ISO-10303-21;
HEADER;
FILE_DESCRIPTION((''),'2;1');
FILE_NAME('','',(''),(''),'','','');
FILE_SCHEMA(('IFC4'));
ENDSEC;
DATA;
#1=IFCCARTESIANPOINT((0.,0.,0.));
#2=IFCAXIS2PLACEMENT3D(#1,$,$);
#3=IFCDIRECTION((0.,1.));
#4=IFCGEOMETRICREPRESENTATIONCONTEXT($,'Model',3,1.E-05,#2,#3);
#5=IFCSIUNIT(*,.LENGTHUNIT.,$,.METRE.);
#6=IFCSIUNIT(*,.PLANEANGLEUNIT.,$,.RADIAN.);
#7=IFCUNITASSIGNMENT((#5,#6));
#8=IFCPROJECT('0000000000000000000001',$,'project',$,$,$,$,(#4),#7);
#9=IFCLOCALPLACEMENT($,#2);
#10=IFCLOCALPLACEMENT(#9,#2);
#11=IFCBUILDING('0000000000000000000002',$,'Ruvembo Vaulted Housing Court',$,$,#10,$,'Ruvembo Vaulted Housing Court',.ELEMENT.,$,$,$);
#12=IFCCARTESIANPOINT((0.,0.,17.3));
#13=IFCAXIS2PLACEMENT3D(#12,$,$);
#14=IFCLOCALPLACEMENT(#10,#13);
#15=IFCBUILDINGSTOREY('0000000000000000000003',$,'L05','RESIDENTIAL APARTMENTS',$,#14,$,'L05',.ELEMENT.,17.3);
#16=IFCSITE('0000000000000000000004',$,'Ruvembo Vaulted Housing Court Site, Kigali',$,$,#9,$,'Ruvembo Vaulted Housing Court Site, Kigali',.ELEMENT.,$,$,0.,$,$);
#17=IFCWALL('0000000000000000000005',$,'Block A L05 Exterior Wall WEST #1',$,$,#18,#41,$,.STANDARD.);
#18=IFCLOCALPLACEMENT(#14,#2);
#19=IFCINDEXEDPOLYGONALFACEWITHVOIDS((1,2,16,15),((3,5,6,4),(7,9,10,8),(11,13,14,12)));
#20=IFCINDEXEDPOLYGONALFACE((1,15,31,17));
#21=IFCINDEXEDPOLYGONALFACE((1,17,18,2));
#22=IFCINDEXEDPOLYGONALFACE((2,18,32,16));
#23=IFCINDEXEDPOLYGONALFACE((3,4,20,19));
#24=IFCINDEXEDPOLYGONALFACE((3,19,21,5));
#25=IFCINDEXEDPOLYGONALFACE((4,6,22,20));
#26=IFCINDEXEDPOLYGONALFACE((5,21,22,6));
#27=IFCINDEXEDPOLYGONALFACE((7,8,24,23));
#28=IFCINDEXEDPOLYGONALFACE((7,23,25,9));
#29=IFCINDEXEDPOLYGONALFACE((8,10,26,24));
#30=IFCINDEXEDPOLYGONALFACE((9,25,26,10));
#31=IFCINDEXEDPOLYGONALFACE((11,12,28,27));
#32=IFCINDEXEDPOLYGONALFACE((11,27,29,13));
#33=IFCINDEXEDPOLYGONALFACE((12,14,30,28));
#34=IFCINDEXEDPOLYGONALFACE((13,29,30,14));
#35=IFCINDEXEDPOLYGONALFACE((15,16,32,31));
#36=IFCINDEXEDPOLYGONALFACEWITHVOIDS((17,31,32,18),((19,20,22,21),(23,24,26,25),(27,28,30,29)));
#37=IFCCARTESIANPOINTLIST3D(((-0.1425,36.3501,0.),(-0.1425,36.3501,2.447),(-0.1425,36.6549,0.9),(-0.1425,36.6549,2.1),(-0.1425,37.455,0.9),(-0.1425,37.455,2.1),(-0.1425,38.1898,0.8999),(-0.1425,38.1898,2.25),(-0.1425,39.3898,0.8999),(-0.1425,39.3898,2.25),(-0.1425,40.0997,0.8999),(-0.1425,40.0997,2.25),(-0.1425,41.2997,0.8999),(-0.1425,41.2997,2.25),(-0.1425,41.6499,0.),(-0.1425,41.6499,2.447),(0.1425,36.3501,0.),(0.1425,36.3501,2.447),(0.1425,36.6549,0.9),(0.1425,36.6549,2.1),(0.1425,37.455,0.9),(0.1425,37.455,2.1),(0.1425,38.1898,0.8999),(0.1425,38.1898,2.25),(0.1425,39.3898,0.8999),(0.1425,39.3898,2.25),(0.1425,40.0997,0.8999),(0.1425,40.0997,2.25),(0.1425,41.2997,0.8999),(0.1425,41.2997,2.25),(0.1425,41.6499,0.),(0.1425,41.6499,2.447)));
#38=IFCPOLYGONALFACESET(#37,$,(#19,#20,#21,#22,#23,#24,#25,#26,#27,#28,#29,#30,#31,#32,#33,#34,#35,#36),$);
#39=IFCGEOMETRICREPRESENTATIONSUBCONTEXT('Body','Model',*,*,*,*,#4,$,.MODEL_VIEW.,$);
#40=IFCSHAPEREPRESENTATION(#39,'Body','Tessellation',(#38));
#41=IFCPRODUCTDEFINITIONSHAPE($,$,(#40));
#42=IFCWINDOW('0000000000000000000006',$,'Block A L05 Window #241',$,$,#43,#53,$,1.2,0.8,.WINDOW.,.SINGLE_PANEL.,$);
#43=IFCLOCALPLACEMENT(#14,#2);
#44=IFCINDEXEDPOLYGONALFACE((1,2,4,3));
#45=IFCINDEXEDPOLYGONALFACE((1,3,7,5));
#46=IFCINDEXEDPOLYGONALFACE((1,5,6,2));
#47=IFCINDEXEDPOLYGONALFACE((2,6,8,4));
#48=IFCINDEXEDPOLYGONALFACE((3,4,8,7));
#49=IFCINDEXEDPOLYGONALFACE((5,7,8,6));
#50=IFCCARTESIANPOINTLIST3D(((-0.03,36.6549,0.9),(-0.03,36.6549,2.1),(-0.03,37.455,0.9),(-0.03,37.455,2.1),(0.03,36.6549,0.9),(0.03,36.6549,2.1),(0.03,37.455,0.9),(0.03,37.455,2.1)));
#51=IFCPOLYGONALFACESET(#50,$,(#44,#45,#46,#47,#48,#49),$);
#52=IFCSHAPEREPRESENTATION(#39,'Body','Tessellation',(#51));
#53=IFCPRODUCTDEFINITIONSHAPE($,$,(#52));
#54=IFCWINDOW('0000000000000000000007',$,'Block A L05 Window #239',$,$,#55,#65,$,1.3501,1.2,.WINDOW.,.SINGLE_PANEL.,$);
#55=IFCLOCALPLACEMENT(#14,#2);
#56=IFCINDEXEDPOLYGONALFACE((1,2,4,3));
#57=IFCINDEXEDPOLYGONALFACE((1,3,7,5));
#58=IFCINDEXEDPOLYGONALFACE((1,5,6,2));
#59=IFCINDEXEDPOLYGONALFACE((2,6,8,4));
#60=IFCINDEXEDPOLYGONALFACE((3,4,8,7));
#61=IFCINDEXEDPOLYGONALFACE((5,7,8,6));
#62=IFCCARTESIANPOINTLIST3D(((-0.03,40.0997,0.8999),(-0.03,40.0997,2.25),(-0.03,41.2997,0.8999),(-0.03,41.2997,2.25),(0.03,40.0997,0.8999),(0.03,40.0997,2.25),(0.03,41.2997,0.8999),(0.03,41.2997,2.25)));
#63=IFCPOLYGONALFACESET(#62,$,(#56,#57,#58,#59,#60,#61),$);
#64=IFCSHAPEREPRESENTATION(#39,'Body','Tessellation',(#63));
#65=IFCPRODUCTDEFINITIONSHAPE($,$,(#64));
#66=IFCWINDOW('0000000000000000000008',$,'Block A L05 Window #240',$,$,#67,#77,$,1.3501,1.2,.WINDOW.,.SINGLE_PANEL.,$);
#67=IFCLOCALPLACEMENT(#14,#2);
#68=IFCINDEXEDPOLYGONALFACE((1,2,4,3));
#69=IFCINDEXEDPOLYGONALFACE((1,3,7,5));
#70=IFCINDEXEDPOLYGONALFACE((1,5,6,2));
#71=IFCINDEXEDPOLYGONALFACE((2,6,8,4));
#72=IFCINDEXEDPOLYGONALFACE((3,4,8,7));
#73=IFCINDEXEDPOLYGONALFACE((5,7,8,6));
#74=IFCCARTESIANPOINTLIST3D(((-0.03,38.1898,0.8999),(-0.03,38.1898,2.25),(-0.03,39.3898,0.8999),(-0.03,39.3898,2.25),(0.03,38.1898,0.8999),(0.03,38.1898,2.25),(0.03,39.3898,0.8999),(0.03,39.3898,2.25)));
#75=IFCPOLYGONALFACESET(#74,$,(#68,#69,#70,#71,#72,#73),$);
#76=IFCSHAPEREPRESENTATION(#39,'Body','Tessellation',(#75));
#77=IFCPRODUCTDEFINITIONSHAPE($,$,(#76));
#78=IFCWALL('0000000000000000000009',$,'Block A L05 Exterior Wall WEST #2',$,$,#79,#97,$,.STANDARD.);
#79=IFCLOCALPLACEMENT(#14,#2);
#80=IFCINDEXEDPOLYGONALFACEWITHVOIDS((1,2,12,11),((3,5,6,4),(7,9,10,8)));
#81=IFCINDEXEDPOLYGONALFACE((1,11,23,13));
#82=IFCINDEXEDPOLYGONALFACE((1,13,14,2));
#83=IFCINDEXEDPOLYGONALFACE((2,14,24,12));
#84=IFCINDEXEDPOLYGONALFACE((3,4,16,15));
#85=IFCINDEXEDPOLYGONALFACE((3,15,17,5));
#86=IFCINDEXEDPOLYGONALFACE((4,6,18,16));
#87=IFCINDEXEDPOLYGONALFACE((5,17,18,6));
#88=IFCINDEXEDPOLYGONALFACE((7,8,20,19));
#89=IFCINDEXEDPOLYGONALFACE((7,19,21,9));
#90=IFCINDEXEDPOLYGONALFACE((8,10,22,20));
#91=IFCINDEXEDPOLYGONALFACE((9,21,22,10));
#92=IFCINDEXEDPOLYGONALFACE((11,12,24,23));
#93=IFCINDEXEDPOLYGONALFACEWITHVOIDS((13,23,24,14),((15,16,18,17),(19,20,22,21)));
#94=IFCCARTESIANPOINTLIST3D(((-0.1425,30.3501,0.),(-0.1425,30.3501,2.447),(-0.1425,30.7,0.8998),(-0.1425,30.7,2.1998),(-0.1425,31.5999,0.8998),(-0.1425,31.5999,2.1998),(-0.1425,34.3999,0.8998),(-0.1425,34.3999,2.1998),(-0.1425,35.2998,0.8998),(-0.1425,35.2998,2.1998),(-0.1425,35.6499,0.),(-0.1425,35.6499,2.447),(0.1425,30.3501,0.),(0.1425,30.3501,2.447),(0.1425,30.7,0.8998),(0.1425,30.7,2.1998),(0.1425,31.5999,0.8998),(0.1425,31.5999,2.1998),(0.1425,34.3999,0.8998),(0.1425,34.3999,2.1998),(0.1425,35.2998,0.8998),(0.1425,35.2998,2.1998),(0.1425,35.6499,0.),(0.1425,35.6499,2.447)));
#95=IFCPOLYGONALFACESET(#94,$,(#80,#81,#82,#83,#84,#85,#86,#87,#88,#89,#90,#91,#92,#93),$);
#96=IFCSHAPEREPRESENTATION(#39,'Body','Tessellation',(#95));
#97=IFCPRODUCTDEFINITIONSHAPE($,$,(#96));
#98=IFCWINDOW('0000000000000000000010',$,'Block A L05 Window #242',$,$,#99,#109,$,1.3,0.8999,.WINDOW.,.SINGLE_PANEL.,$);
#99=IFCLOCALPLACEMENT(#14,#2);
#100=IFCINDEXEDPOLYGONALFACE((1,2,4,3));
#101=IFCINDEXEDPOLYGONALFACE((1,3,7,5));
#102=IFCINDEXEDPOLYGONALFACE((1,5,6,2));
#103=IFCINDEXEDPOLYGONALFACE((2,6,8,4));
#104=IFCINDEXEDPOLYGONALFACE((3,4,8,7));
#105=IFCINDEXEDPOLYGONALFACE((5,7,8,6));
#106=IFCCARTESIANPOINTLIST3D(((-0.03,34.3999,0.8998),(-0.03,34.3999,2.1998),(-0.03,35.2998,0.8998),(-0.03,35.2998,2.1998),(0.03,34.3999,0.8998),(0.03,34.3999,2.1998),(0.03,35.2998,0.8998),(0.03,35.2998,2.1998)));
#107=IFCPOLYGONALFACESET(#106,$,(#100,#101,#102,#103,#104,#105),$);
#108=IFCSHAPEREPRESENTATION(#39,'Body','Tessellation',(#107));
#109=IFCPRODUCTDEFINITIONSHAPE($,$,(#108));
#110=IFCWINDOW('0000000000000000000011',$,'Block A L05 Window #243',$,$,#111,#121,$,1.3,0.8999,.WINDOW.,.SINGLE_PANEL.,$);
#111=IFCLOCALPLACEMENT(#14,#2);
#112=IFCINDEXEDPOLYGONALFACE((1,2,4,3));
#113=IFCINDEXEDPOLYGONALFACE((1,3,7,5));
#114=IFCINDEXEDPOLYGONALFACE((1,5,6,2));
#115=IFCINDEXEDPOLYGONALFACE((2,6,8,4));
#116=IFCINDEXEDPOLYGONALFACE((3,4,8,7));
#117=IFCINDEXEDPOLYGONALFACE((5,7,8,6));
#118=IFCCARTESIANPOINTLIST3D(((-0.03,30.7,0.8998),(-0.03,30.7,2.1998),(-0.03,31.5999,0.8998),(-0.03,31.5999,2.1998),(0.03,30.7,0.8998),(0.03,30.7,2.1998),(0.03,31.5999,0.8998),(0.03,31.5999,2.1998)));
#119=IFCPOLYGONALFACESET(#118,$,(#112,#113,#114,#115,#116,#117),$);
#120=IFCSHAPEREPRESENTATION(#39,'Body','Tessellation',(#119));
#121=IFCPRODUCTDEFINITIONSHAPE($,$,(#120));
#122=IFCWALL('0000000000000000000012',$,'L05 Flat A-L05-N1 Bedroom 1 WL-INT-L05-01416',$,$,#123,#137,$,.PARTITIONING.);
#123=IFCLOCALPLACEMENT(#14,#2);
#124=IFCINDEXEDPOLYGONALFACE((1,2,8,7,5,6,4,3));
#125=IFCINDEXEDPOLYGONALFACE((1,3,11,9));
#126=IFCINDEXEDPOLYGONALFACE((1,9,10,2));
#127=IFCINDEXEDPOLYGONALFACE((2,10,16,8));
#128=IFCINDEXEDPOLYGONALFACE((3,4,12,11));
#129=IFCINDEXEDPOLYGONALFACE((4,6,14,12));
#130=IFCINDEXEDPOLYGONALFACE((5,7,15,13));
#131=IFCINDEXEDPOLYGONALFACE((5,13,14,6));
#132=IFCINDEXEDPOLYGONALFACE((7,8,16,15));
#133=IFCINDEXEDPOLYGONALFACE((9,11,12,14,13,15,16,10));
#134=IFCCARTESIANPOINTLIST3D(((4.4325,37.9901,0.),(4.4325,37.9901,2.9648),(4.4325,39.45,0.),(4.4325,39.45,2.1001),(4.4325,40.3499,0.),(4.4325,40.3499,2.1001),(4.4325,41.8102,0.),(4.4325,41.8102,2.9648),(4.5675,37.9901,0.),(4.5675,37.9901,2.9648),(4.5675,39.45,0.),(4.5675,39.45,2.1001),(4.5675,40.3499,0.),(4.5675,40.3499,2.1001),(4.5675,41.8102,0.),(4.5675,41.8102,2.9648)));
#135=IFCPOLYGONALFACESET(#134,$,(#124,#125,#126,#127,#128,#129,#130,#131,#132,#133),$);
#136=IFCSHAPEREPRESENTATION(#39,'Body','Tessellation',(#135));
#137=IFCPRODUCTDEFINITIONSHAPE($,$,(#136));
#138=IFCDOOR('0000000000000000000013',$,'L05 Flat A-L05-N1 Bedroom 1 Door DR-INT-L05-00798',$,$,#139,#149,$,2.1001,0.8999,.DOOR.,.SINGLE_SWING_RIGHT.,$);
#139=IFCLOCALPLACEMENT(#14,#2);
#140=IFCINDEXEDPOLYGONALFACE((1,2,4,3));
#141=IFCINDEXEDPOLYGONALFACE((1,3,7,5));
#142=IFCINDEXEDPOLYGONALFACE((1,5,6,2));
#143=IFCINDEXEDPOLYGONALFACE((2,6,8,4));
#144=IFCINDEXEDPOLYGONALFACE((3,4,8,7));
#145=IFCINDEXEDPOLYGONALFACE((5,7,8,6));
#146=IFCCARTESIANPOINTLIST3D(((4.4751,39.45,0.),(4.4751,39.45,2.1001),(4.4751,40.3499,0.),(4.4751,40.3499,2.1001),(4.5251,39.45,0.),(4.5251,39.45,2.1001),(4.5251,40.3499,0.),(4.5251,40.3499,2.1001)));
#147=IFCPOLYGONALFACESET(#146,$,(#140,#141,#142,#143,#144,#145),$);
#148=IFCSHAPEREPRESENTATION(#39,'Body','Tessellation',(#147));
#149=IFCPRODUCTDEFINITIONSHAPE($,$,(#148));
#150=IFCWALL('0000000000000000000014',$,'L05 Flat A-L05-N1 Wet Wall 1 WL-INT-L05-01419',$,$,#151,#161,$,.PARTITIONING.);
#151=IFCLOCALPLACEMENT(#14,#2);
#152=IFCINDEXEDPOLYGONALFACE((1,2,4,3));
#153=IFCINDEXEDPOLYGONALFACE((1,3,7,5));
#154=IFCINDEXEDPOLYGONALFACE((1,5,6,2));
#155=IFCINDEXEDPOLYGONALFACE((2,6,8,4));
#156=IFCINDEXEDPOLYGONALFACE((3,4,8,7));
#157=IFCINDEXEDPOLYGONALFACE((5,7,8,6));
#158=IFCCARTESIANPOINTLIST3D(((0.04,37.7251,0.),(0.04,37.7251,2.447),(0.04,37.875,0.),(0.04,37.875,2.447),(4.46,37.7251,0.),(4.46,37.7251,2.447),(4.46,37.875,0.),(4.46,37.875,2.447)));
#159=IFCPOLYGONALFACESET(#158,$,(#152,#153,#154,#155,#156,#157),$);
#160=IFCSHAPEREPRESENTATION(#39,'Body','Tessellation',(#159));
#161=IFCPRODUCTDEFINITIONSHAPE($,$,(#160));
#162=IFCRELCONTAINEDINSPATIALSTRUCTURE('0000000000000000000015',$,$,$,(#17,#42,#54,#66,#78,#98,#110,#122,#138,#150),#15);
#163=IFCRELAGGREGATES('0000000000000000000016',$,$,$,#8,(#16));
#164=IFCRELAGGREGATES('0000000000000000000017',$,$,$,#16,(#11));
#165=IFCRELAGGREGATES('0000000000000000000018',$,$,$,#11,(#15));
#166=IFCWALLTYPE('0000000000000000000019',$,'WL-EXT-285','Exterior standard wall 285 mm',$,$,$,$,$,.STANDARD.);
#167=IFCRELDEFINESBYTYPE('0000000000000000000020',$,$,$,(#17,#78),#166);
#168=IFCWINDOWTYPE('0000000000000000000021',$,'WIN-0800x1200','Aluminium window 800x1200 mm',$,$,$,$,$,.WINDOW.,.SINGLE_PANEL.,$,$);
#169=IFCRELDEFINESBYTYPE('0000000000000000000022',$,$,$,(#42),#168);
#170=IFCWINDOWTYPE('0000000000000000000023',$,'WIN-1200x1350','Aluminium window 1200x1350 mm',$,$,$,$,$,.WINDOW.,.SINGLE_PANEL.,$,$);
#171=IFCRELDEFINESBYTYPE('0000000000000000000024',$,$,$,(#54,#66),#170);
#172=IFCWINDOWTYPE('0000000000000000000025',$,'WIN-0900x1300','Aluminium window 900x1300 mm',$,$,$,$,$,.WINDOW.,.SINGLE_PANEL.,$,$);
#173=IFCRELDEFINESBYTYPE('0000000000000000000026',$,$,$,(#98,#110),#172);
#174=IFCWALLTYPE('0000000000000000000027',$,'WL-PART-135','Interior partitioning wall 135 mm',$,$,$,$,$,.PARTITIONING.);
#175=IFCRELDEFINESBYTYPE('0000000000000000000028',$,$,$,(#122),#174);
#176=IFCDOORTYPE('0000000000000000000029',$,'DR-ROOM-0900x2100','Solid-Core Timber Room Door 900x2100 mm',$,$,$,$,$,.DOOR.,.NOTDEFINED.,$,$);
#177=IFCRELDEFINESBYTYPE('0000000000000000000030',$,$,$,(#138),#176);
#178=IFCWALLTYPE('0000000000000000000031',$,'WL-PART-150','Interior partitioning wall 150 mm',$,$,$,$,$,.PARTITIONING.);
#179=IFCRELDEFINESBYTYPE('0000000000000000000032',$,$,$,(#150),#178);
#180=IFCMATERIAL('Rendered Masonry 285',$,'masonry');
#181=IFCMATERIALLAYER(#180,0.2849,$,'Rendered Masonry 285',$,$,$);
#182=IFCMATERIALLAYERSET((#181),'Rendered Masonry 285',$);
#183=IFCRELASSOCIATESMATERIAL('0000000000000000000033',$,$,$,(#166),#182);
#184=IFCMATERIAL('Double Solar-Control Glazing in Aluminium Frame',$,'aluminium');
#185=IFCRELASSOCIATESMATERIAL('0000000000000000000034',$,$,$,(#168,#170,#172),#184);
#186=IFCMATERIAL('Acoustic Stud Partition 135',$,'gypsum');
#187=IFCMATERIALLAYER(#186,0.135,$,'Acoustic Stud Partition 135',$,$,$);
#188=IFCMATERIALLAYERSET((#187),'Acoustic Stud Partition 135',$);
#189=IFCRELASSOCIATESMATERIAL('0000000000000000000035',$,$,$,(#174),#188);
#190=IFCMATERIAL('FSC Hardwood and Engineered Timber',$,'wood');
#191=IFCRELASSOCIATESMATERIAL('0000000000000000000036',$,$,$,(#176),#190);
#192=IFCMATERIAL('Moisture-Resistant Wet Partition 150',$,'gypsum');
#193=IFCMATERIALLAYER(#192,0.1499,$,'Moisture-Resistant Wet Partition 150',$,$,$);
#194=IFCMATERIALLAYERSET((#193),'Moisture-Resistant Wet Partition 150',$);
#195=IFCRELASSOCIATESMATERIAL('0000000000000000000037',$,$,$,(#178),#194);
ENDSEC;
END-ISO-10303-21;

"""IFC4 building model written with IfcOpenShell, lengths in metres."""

from ifc_helpers import new_model, si_unit, direction, frame, frame_2d, origin, place, context, subcontext, project, spatial, rectangle, extrude, material, layer, layer_set, type_object, element, fill, save


model = new_model("IFC4")

# Units and contexts
model_context = context("Model", 3, precision=1e-05, world=origin(), true_north=direction((0.0, 1.0)))
body_context = subcontext(model_context, "Body", "Model", "MODEL_VIEW")
ifc_project = project(units=[si_unit("LENGTHUNIT", "METRE"), si_unit("PLANEANGLEUNIT", "RADIAN")], contexts=[model_context])

# Site, building, storey
site_placement = place(None, origin())
site = spatial("IfcSite", under=ifc_project, at=site_placement, Name="Ruvembo Vaulted Housing Court Site, Kigali", LongName="Ruvembo Vaulted Housing Court Site, Kigali", CompositionType="ELEMENT", RefElevation=0.0)
building_placement = place(site_placement, origin())
building = spatial("IfcBuilding", under=site, at=building_placement, Name="Ruvembo Vaulted Housing Court", LongName="Ruvembo Vaulted Housing Court", CompositionType="ELEMENT")
storey_placement = place(building_placement, frame((0.0, 0.0, 17.3)))
storey = spatial("IfcBuildingStorey", under=building, at=storey_placement, Name="L05", Description="RESIDENTIAL APARTMENTS", LongName="L05", CompositionType="ELEMENT", Elevation=17.3)

# Walls, openings, windows
ifc_material_1 = material(Name="Rendered Masonry 285", Category="masonry")
ifc_layer_1 = layer(ifc_material_1, 0.2849, Name="Rendered Masonry 285")
ifc_layer_set_1 = layer_set([ifc_layer_1], Name="Rendered Masonry 285")
wall_type_1 = type_object("IfcWallType", Name="WL-EXT-285", Description="Exterior standard wall 285 mm", PredefinedType="STANDARD", material=ifc_layer_set_1)
ifc_material_2 = material(Name="Double Solar-Control Glazing in Aluminium Frame", Category="aluminium")
wall_1_placement = place(storey_placement, frame((0.0, 41.6499, 0.0), z_axis=(0.0, 0.0, 1.0), x_axis=(0.0, -1.0, 0.0)))
wall_1 = element("IfcWall", 1, at=wall_1_placement, inside=storey, type_object=wall_type_1, Name="Block A L05 Exterior Wall WEST #1", PredefinedType="STANDARD", context=body_context, shape_type="SweptSolid", body=[
    extrude(rectangle(XDim=5.2998, YDim=0.2849, at=frame_2d((2.6499, 0.0))), origin(), (0.0, 0.0, 1.0), 2.447),
])
opening_1_placement = place(wall_1_placement, frame((0.3501, 0.0, 0.8999)))
opening_1 = element("IfcOpeningElement", 2, at=opening_1_placement, cuts=wall_1, PredefinedType="OPENING", context=body_context, shape_type="SweptSolid", body=[
    extrude(rectangle(XDim=1.2, YDim=1.3501, at=frame_2d((0.6001, 0.675))), frame((0.0, 0.1523, 0.0), z_axis=(0.0, -1.0, 0.0), x_axis=(1.0, 0.0, 0.0)), (0.0, 0.0, 1.0), 0.3049),
])
opening_2_placement = place(wall_1_placement, frame((2.26, 0.0, 0.8999)))
opening_2 = element("IfcOpeningElement", 3, at=opening_2_placement, cuts=wall_1, PredefinedType="OPENING", context=body_context, shape_type="SweptSolid", body=[
    extrude(rectangle(XDim=1.2, YDim=1.3501, at=frame_2d((0.6001, 0.675))), frame((0.0, 0.1523, 0.0), z_axis=(0.0, -1.0, 0.0), x_axis=(1.0, 0.0, 0.0)), (0.0, 0.0, 1.0), 0.3049),
])
opening_3_placement = place(wall_1_placement, frame((4.1951, 0.0, 0.8999)))
opening_3 = element("IfcOpeningElement", 4, at=opening_3_placement, cuts=wall_1, PredefinedType="OPENING", context=body_context, shape_type="SweptSolid", body=[
    extrude(rectangle(XDim=0.8, YDim=1.2, at=frame_2d((0.3999, 0.6001))), frame((0.0, 0.1523, 0.0), z_axis=(0.0, -1.0, 0.0), x_axis=(1.0, 0.0, 0.0)), (0.0, 0.0, 1.0), 0.3049),
])
window_type_1 = type_object("IfcWindowType", Name="WIN-0800x1200", Description="Aluminium window 800x1200 mm", PartitioningType="SINGLE_PANEL", PredefinedType="WINDOW", material=ifc_material_2)
window_1_placement = place(opening_3_placement, origin())
window_1 = element("IfcWindow", 5, at=window_1_placement, inside=storey, type_object=window_type_1, Name="Block A L05 Window #241", OverallHeight=1.2, OverallWidth=0.8, PartitioningType="SINGLE_PANEL", PredefinedType="WINDOW", context=body_context, shape_type="SweptSolid", body=[
    extrude(rectangle(XDim=0.8, YDim=1.2, at=frame_2d((0.3999, 0.6001))), frame((0.0, 0.03, 0.0), z_axis=(0.0, -1.0, 0.0), x_axis=(1.0, 0.0, 0.0)), (0.0, 0.0, 1.0), 0.0601),
])
fill(opening_3, window_1)
window_type_2 = type_object("IfcWindowType", Name="WIN-1200x1350", Description="Aluminium window 1200x1350 mm", PartitioningType="SINGLE_PANEL", PredefinedType="WINDOW", material=ifc_material_2)
window_2_placement = place(opening_1_placement, origin())
window_2 = element("IfcWindow", 6, at=window_2_placement, inside=storey, type_object=window_type_2, Name="Block A L05 Window #239", OverallHeight=1.3501, OverallWidth=1.2, PartitioningType="SINGLE_PANEL", PredefinedType="WINDOW", context=body_context, shape_type="SweptSolid", body=[
    extrude(rectangle(XDim=1.2, YDim=1.3501, at=frame_2d((0.6001, 0.675))), frame((0.0, 0.03, 0.0), z_axis=(0.0, -1.0, 0.0), x_axis=(1.0, 0.0, 0.0)), (0.0, 0.0, 1.0), 0.0601),
])
fill(opening_1, window_2)
window_3_placement = place(opening_2_placement, origin())
window_3 = element("IfcWindow", 7, at=window_3_placement, inside=storey, type_object=window_type_2, Name="Block A L05 Window #240", OverallHeight=1.3501, OverallWidth=1.2, PartitioningType="SINGLE_PANEL", PredefinedType="WINDOW", context=body_context, shape_type="SweptSolid", body=[
    extrude(rectangle(XDim=1.2, YDim=1.3501, at=frame_2d((0.6001, 0.675))), frame((0.0, 0.03, 0.0), z_axis=(0.0, -1.0, 0.0), x_axis=(1.0, 0.0, 0.0)), (0.0, 0.0, 1.0), 0.0601),
])
fill(opening_2, window_3)
wall_2_placement = place(storey_placement, frame((0.0, 35.6499, 0.0), z_axis=(0.0, 0.0, 1.0), x_axis=(0.0, -1.0, 0.0)))
wall_2 = element("IfcWall", 8, at=wall_2_placement, inside=storey, type_object=wall_type_1, Name="Block A L05 Exterior Wall WEST #2", PredefinedType="STANDARD", context=body_context, shape_type="SweptSolid", body=[
    extrude(rectangle(XDim=5.2998, YDim=0.2849, at=frame_2d((2.6499, 0.0))), origin(), (0.0, 0.0, 1.0), 2.447),
])
opening_4_placement = place(wall_2_placement, frame((0.3501, 0.0, 0.8999)))
opening_4 = element("IfcOpeningElement", 9, at=opening_4_placement, cuts=wall_2, PredefinedType="OPENING", context=body_context, shape_type="SweptSolid", body=[
    extrude(rectangle(XDim=0.8999, YDim=1.3, at=frame_2d((0.45, 0.6499))), frame((0.0, 0.1523, 0.0), z_axis=(0.0, -1.0, 0.0), x_axis=(1.0, 0.0, 0.0)), (0.0, 0.0, 1.0), 0.3049),
])
opening_5_placement = place(wall_2_placement, frame((4.05, 0.0, 0.8999)))
opening_5 = element("IfcOpeningElement", 10, at=opening_5_placement, cuts=wall_2, PredefinedType="OPENING", context=body_context, shape_type="SweptSolid", body=[
    extrude(rectangle(XDim=0.8999, YDim=1.3, at=frame_2d((0.45, 0.6499))), frame((0.0, 0.1523, 0.0), z_axis=(0.0, -1.0, 0.0), x_axis=(1.0, 0.0, 0.0)), (0.0, 0.0, 1.0), 0.3049),
])
window_type_3 = type_object("IfcWindowType", Name="WIN-0900x1300", Description="Aluminium window 900x1300 mm", PartitioningType="SINGLE_PANEL", PredefinedType="WINDOW", material=ifc_material_2)
window_4_placement = place(opening_4_placement, origin())
window_4 = element("IfcWindow", 11, at=window_4_placement, inside=storey, type_object=window_type_3, Name="Block A L05 Window #242", OverallHeight=1.3, OverallWidth=0.8999, PartitioningType="SINGLE_PANEL", PredefinedType="WINDOW", context=body_context, shape_type="SweptSolid", body=[
    extrude(rectangle(XDim=0.8999, YDim=1.3, at=frame_2d((0.45, 0.6499))), frame((0.0, 0.03, 0.0), z_axis=(0.0, -1.0, 0.0), x_axis=(1.0, 0.0, 0.0)), (0.0, 0.0, 1.0), 0.0601),
])
fill(opening_4, window_4)
window_5_placement = place(opening_5_placement, origin())
window_5 = element("IfcWindow", 12, at=window_5_placement, inside=storey, type_object=window_type_3, Name="Block A L05 Window #243", OverallHeight=1.3, OverallWidth=0.8999, PartitioningType="SINGLE_PANEL", PredefinedType="WINDOW", context=body_context, shape_type="SweptSolid", body=[
    extrude(rectangle(XDim=0.8999, YDim=1.3, at=frame_2d((0.45, 0.6499))), frame((0.0, 0.03, 0.0), z_axis=(0.0, -1.0, 0.0), x_axis=(1.0, 0.0, 0.0)), (0.0, 0.0, 1.0), 0.0601),
])
fill(opening_5, window_5)

# Wall, opening, door
ifc_material_3 = material(Name="Acoustic Stud Partition 135", Category="gypsum")
ifc_layer_2 = layer(ifc_material_3, 0.135, Name="Acoustic Stud Partition 135")
ifc_layer_set_2 = layer_set([ifc_layer_2], Name="Acoustic Stud Partition 135")
wall_type_2 = type_object("IfcWallType", Name="WL-PART-135", Description="Interior partitioning wall 135 mm", PredefinedType="PARTITIONING", material=ifc_layer_set_2)
wall_3_placement = place(storey_placement, frame((4.5, 37.99, 0.0), z_axis=(0.0, 0.0, 1.0), x_axis=(0.0, 1.0, 0.0)))
wall_3 = element("IfcWall", 13, at=wall_3_placement, inside=storey, type_object=wall_type_2, Name="L05 Flat A-L05-N1 Bedroom 1 WL-INT-L05-01416", PredefinedType="PARTITIONING", context=body_context, shape_type="SweptSolid", body=[
    extrude(rectangle(XDim=3.8201, YDim=0.135, at=frame_2d((1.9102, 0.0))), origin(), (0.0, 0.0, 1.0), 2.9648),
])
opening_6_placement = place(wall_3_placement, frame((1.46, 0.0, 0.0)))
opening_6 = element("IfcOpeningElement", 14, at=opening_6_placement, cuts=wall_3, PredefinedType="OPENING", context=body_context, shape_type="SweptSolid", body=[
    extrude(rectangle(XDim=0.8999, YDim=2.1001, at=frame_2d((0.45, 1.05))), frame((0.0, 0.0774, 0.0), z_axis=(0.0, -1.0, 0.0), x_axis=(1.0, 0.0, 0.0)), (0.0, 0.0, 1.0), 0.155),
])
ifc_material_4 = material(Name="FSC Hardwood and Engineered Timber", Category="wood")
door_type = type_object("IfcDoorType", Name="DR-ROOM-0900x2100", Description="Solid-Core Timber Room Door 900x2100 mm", OperationType="NOTDEFINED", PredefinedType="DOOR", material=ifc_material_4)
door_placement = place(opening_6_placement, origin())
door = element("IfcDoor", 15, at=door_placement, inside=storey, type_object=door_type, Name="L05 Flat A-L05-N1 Bedroom 1 Door DR-INT-L05-00798", OperationType="SINGLE_SWING_RIGHT", OverallHeight=2.1001, OverallWidth=0.8999, PredefinedType="DOOR", context=body_context, shape_type="SweptSolid", body=[
    extrude(rectangle(XDim=0.8999, YDim=2.1001, at=frame_2d((0.45, 1.05))), frame((0.0, 0.0249, 0.0), z_axis=(0.0, -1.0, 0.0), x_axis=(1.0, 0.0, 0.0)), (0.0, 0.0, 1.0), 0.05),
])
fill(opening_6, door)

# Wall
ifc_material_5 = material(Name="Moisture-Resistant Wet Partition 150", Category="gypsum")
ifc_layer_3 = layer(ifc_material_5, 0.1499, Name="Moisture-Resistant Wet Partition 150")
ifc_layer_set_3 = layer_set([ifc_layer_3], Name="Moisture-Resistant Wet Partition 150")
wall_type_3 = type_object("IfcWallType", Name="WL-PART-150", Description="Interior partitioning wall 150 mm", PredefinedType="PARTITIONING", material=ifc_layer_set_3)
wall_4_placement = place(storey_placement, frame((0.04, 37.8, 0.0), z_axis=(0.0, 0.0, 1.0), x_axis=(1.0, 0.0, 0.0)))
element("IfcWall", 16, at=wall_4_placement, inside=storey, type_object=wall_type_3, Name="L05 Flat A-L05-N1 Wet Wall 1 WL-INT-L05-01419", PredefinedType="PARTITIONING", context=body_context, shape_type="SweptSolid", body=[
    extrude(rectangle(XDim=4.4199, YDim=0.1499, at=frame_2d((2.21, 0.0))), origin(), (0.0, 0.0, 1.0), 2.447),
])

save(model, "model.ifc")
